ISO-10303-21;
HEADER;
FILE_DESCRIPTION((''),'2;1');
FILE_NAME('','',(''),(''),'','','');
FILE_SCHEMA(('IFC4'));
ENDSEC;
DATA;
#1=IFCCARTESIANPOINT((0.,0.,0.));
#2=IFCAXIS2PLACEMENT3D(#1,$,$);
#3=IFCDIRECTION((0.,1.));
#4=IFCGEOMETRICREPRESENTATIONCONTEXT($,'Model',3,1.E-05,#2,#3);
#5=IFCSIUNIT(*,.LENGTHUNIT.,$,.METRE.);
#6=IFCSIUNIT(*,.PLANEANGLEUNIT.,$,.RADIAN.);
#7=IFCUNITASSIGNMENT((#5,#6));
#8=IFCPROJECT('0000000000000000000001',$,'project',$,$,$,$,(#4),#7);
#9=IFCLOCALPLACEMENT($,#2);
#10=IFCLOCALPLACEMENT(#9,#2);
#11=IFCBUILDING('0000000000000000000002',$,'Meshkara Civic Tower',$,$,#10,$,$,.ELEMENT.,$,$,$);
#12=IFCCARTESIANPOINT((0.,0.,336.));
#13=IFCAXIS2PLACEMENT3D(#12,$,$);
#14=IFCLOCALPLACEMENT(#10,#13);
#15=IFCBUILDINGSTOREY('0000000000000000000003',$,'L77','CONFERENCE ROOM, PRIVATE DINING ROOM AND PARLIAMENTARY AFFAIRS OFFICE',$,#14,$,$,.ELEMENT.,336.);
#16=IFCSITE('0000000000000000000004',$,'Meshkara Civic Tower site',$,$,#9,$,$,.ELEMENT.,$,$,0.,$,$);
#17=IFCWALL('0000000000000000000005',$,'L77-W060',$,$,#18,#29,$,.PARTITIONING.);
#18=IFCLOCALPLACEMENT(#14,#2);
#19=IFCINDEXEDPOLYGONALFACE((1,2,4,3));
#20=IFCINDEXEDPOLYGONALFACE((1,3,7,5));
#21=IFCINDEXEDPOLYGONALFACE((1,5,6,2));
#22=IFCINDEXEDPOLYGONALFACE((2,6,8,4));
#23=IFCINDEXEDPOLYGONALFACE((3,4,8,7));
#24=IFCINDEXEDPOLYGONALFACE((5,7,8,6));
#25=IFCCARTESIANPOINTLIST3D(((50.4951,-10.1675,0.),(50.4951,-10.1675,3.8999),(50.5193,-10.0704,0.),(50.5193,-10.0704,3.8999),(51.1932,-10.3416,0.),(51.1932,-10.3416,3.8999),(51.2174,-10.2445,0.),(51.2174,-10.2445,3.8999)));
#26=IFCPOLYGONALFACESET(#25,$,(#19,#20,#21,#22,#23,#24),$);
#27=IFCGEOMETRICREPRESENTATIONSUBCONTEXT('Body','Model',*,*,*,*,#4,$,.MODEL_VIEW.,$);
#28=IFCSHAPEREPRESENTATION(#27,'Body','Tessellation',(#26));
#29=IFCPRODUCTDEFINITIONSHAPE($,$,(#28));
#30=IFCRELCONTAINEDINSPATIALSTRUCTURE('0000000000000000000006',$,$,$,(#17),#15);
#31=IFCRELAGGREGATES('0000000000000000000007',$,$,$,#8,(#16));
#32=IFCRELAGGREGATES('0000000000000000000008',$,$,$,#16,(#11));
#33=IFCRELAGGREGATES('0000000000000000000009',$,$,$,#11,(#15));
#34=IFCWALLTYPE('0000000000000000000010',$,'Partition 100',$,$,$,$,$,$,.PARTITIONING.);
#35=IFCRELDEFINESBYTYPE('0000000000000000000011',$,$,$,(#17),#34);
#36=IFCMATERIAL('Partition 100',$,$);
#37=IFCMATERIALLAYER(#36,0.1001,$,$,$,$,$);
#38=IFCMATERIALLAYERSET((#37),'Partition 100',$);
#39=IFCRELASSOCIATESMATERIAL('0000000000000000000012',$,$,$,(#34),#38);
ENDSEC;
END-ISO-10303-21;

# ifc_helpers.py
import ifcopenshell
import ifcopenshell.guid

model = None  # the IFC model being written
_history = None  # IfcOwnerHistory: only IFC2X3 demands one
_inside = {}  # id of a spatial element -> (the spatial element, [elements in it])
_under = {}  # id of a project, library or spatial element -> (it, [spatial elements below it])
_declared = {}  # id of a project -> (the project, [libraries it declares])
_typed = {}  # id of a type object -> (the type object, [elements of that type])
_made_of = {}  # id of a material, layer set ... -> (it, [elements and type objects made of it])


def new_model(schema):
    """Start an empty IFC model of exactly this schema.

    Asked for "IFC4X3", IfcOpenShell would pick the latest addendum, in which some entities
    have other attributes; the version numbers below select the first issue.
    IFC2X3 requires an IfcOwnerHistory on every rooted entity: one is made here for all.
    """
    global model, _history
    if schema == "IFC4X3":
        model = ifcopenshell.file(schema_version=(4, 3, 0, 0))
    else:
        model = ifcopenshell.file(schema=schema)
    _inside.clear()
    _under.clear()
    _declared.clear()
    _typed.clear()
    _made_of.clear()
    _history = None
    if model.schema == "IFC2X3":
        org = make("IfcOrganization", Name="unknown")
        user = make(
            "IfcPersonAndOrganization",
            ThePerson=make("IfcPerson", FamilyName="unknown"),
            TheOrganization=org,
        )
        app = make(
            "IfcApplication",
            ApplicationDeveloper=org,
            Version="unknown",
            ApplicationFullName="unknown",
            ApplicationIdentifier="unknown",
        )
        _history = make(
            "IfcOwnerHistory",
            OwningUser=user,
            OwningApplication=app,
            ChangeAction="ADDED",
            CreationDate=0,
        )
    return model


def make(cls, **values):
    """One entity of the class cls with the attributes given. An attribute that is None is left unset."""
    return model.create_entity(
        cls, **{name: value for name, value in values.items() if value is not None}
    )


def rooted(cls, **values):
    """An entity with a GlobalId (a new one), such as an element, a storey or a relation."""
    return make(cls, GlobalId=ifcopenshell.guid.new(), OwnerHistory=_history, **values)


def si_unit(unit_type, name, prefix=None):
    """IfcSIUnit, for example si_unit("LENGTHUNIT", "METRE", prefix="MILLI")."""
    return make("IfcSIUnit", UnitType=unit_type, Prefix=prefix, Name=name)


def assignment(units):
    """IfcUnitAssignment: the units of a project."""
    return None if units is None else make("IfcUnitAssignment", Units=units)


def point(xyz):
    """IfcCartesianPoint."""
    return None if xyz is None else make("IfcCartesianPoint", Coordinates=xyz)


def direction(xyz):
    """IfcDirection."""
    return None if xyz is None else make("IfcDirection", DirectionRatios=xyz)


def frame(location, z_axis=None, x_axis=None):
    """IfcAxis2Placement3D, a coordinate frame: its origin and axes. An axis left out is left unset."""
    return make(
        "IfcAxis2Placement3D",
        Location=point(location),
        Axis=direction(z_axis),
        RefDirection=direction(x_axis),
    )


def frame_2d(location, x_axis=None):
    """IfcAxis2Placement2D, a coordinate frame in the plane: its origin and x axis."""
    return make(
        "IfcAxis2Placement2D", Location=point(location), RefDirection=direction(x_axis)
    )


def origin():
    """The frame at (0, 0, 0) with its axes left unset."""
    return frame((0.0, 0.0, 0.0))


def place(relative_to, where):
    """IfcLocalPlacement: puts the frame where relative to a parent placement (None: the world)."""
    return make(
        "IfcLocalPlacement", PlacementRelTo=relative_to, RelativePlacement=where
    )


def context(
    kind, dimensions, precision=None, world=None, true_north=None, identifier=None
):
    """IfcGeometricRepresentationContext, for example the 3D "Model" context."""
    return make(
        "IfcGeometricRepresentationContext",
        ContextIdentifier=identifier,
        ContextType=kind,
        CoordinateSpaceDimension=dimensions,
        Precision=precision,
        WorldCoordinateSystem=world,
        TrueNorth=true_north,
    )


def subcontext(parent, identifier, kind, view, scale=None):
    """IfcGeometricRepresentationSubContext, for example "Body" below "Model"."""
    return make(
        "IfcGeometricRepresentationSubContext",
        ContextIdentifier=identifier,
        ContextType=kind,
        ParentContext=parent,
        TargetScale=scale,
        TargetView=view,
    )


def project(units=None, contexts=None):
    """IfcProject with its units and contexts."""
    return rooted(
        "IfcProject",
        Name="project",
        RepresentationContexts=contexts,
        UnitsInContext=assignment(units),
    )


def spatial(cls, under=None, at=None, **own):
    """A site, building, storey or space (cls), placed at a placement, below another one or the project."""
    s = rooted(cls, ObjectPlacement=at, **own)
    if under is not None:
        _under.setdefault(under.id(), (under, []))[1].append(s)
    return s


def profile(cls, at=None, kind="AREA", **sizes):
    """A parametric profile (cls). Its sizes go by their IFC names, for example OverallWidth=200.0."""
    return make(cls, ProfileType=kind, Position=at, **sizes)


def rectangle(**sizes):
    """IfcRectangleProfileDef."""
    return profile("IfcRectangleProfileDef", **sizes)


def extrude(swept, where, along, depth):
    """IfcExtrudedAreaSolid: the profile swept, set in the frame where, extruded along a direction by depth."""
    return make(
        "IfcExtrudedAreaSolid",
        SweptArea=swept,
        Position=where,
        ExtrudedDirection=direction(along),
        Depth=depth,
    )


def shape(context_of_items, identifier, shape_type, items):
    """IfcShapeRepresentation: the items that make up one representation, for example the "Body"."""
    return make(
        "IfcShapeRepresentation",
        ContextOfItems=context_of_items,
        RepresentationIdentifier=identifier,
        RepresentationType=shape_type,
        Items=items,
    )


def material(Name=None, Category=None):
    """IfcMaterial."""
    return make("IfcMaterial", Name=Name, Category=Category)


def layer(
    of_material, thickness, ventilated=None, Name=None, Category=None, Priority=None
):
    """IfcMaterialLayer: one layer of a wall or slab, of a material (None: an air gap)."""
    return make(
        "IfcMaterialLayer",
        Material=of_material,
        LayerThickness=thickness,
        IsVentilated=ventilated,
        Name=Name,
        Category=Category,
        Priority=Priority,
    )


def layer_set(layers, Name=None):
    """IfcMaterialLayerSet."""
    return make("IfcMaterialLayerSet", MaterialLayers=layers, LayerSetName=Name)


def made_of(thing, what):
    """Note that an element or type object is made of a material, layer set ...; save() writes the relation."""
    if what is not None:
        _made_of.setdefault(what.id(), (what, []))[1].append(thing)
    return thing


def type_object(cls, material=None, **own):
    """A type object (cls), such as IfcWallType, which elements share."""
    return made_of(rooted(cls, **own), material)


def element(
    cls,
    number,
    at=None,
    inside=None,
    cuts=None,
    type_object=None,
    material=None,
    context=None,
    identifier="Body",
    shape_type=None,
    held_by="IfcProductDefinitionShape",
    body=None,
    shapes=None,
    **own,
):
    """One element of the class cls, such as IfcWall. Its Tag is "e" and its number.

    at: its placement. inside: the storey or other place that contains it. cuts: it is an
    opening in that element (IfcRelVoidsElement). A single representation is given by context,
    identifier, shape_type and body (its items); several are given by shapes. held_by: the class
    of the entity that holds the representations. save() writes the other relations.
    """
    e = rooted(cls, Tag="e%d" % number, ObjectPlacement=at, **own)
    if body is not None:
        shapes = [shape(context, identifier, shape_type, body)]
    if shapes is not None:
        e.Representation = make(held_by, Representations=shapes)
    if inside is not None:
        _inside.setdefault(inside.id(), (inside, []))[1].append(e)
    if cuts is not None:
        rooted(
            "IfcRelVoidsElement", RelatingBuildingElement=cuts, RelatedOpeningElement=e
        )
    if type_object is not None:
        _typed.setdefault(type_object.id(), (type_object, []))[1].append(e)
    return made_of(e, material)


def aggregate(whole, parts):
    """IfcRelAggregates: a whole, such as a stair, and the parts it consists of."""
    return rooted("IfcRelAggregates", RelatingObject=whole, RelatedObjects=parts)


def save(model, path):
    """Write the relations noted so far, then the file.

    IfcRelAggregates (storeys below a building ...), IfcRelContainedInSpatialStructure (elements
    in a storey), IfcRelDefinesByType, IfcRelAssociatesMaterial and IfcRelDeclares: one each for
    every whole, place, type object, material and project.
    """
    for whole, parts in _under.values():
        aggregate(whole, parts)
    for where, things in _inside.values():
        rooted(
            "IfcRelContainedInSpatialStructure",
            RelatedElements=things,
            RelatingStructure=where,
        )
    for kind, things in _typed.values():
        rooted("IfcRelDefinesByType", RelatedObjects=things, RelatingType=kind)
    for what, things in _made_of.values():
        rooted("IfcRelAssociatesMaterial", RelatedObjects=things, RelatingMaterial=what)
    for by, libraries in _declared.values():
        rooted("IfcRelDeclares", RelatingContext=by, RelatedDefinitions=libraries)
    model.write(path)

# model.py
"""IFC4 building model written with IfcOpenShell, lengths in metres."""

from ifc_helpers import new_model, si_unit, direction, frame, frame_2d, origin, place, context, subcontext, project, spatial, rectangle, extrude, material, layer, layer_set, type_object, element, save


model = new_model("IFC4")

# Units and contexts
model_context = context("Model", 3, precision=1e-05, world=origin(), true_north=direction((0.0, 1.0)))
body_context = subcontext(model_context, "Body", "Model", "MODEL_VIEW")
ifc_project = project(units=[si_unit("LENGTHUNIT", "METRE"), si_unit("PLANEANGLEUNIT", "RADIAN")], contexts=[model_context])

# Site, building, storey
site_placement = place(None, origin())
site = spatial("IfcSite", under=ifc_project, at=site_placement, Name="Meshkara Civic Tower site", CompositionType="ELEMENT", RefElevation=0.0)
building_placement = place(site_placement, origin())
building = spatial("IfcBuilding", under=site, at=building_placement, Name="Meshkara Civic Tower", CompositionType="ELEMENT")
storey_placement = place(building_placement, frame((0.0, 0.0, 336.0)))
storey = spatial("IfcBuildingStorey", under=building, at=storey_placement, Name="L77", Description="CONFERENCE ROOM, PRIVATE DINING ROOM AND PARLIAMENTARY AFFAIRS OFFICE", CompositionType="ELEMENT", Elevation=336.0)

# Wall
ifc_material_1 = material(Name="Partition 100")
ifc_layer_1 = layer(ifc_material_1, 0.1001)
ifc_layer_set_1 = layer_set([ifc_layer_1], Name="Partition 100")
wall_type_1 = type_object("IfcWallType", Name="Partition 100", PredefinedType="PARTITIONING", material=ifc_layer_set_1)
wall_1_placement = place(storey_placement, frame((50.5071, -10.1189, 0.0), z_axis=(0.0, 0.0, 1.0), x_axis=(0.970282, -0.241977, 0.0)))
element("IfcWall", 1, at=wall_1_placement, inside=storey, type_object=wall_type_1, Name="L77-W060", PredefinedType="PARTITIONING", context=body_context, shape_type="SweptSolid", body=[
    extrude(rectangle(XDim=0.7195, YDim=0.1001, at=frame_2d((0.3599, 0.0))), origin(), (0.0, 0.0, 1.0), 3.8999),
])

save(model, "model.ifc")
